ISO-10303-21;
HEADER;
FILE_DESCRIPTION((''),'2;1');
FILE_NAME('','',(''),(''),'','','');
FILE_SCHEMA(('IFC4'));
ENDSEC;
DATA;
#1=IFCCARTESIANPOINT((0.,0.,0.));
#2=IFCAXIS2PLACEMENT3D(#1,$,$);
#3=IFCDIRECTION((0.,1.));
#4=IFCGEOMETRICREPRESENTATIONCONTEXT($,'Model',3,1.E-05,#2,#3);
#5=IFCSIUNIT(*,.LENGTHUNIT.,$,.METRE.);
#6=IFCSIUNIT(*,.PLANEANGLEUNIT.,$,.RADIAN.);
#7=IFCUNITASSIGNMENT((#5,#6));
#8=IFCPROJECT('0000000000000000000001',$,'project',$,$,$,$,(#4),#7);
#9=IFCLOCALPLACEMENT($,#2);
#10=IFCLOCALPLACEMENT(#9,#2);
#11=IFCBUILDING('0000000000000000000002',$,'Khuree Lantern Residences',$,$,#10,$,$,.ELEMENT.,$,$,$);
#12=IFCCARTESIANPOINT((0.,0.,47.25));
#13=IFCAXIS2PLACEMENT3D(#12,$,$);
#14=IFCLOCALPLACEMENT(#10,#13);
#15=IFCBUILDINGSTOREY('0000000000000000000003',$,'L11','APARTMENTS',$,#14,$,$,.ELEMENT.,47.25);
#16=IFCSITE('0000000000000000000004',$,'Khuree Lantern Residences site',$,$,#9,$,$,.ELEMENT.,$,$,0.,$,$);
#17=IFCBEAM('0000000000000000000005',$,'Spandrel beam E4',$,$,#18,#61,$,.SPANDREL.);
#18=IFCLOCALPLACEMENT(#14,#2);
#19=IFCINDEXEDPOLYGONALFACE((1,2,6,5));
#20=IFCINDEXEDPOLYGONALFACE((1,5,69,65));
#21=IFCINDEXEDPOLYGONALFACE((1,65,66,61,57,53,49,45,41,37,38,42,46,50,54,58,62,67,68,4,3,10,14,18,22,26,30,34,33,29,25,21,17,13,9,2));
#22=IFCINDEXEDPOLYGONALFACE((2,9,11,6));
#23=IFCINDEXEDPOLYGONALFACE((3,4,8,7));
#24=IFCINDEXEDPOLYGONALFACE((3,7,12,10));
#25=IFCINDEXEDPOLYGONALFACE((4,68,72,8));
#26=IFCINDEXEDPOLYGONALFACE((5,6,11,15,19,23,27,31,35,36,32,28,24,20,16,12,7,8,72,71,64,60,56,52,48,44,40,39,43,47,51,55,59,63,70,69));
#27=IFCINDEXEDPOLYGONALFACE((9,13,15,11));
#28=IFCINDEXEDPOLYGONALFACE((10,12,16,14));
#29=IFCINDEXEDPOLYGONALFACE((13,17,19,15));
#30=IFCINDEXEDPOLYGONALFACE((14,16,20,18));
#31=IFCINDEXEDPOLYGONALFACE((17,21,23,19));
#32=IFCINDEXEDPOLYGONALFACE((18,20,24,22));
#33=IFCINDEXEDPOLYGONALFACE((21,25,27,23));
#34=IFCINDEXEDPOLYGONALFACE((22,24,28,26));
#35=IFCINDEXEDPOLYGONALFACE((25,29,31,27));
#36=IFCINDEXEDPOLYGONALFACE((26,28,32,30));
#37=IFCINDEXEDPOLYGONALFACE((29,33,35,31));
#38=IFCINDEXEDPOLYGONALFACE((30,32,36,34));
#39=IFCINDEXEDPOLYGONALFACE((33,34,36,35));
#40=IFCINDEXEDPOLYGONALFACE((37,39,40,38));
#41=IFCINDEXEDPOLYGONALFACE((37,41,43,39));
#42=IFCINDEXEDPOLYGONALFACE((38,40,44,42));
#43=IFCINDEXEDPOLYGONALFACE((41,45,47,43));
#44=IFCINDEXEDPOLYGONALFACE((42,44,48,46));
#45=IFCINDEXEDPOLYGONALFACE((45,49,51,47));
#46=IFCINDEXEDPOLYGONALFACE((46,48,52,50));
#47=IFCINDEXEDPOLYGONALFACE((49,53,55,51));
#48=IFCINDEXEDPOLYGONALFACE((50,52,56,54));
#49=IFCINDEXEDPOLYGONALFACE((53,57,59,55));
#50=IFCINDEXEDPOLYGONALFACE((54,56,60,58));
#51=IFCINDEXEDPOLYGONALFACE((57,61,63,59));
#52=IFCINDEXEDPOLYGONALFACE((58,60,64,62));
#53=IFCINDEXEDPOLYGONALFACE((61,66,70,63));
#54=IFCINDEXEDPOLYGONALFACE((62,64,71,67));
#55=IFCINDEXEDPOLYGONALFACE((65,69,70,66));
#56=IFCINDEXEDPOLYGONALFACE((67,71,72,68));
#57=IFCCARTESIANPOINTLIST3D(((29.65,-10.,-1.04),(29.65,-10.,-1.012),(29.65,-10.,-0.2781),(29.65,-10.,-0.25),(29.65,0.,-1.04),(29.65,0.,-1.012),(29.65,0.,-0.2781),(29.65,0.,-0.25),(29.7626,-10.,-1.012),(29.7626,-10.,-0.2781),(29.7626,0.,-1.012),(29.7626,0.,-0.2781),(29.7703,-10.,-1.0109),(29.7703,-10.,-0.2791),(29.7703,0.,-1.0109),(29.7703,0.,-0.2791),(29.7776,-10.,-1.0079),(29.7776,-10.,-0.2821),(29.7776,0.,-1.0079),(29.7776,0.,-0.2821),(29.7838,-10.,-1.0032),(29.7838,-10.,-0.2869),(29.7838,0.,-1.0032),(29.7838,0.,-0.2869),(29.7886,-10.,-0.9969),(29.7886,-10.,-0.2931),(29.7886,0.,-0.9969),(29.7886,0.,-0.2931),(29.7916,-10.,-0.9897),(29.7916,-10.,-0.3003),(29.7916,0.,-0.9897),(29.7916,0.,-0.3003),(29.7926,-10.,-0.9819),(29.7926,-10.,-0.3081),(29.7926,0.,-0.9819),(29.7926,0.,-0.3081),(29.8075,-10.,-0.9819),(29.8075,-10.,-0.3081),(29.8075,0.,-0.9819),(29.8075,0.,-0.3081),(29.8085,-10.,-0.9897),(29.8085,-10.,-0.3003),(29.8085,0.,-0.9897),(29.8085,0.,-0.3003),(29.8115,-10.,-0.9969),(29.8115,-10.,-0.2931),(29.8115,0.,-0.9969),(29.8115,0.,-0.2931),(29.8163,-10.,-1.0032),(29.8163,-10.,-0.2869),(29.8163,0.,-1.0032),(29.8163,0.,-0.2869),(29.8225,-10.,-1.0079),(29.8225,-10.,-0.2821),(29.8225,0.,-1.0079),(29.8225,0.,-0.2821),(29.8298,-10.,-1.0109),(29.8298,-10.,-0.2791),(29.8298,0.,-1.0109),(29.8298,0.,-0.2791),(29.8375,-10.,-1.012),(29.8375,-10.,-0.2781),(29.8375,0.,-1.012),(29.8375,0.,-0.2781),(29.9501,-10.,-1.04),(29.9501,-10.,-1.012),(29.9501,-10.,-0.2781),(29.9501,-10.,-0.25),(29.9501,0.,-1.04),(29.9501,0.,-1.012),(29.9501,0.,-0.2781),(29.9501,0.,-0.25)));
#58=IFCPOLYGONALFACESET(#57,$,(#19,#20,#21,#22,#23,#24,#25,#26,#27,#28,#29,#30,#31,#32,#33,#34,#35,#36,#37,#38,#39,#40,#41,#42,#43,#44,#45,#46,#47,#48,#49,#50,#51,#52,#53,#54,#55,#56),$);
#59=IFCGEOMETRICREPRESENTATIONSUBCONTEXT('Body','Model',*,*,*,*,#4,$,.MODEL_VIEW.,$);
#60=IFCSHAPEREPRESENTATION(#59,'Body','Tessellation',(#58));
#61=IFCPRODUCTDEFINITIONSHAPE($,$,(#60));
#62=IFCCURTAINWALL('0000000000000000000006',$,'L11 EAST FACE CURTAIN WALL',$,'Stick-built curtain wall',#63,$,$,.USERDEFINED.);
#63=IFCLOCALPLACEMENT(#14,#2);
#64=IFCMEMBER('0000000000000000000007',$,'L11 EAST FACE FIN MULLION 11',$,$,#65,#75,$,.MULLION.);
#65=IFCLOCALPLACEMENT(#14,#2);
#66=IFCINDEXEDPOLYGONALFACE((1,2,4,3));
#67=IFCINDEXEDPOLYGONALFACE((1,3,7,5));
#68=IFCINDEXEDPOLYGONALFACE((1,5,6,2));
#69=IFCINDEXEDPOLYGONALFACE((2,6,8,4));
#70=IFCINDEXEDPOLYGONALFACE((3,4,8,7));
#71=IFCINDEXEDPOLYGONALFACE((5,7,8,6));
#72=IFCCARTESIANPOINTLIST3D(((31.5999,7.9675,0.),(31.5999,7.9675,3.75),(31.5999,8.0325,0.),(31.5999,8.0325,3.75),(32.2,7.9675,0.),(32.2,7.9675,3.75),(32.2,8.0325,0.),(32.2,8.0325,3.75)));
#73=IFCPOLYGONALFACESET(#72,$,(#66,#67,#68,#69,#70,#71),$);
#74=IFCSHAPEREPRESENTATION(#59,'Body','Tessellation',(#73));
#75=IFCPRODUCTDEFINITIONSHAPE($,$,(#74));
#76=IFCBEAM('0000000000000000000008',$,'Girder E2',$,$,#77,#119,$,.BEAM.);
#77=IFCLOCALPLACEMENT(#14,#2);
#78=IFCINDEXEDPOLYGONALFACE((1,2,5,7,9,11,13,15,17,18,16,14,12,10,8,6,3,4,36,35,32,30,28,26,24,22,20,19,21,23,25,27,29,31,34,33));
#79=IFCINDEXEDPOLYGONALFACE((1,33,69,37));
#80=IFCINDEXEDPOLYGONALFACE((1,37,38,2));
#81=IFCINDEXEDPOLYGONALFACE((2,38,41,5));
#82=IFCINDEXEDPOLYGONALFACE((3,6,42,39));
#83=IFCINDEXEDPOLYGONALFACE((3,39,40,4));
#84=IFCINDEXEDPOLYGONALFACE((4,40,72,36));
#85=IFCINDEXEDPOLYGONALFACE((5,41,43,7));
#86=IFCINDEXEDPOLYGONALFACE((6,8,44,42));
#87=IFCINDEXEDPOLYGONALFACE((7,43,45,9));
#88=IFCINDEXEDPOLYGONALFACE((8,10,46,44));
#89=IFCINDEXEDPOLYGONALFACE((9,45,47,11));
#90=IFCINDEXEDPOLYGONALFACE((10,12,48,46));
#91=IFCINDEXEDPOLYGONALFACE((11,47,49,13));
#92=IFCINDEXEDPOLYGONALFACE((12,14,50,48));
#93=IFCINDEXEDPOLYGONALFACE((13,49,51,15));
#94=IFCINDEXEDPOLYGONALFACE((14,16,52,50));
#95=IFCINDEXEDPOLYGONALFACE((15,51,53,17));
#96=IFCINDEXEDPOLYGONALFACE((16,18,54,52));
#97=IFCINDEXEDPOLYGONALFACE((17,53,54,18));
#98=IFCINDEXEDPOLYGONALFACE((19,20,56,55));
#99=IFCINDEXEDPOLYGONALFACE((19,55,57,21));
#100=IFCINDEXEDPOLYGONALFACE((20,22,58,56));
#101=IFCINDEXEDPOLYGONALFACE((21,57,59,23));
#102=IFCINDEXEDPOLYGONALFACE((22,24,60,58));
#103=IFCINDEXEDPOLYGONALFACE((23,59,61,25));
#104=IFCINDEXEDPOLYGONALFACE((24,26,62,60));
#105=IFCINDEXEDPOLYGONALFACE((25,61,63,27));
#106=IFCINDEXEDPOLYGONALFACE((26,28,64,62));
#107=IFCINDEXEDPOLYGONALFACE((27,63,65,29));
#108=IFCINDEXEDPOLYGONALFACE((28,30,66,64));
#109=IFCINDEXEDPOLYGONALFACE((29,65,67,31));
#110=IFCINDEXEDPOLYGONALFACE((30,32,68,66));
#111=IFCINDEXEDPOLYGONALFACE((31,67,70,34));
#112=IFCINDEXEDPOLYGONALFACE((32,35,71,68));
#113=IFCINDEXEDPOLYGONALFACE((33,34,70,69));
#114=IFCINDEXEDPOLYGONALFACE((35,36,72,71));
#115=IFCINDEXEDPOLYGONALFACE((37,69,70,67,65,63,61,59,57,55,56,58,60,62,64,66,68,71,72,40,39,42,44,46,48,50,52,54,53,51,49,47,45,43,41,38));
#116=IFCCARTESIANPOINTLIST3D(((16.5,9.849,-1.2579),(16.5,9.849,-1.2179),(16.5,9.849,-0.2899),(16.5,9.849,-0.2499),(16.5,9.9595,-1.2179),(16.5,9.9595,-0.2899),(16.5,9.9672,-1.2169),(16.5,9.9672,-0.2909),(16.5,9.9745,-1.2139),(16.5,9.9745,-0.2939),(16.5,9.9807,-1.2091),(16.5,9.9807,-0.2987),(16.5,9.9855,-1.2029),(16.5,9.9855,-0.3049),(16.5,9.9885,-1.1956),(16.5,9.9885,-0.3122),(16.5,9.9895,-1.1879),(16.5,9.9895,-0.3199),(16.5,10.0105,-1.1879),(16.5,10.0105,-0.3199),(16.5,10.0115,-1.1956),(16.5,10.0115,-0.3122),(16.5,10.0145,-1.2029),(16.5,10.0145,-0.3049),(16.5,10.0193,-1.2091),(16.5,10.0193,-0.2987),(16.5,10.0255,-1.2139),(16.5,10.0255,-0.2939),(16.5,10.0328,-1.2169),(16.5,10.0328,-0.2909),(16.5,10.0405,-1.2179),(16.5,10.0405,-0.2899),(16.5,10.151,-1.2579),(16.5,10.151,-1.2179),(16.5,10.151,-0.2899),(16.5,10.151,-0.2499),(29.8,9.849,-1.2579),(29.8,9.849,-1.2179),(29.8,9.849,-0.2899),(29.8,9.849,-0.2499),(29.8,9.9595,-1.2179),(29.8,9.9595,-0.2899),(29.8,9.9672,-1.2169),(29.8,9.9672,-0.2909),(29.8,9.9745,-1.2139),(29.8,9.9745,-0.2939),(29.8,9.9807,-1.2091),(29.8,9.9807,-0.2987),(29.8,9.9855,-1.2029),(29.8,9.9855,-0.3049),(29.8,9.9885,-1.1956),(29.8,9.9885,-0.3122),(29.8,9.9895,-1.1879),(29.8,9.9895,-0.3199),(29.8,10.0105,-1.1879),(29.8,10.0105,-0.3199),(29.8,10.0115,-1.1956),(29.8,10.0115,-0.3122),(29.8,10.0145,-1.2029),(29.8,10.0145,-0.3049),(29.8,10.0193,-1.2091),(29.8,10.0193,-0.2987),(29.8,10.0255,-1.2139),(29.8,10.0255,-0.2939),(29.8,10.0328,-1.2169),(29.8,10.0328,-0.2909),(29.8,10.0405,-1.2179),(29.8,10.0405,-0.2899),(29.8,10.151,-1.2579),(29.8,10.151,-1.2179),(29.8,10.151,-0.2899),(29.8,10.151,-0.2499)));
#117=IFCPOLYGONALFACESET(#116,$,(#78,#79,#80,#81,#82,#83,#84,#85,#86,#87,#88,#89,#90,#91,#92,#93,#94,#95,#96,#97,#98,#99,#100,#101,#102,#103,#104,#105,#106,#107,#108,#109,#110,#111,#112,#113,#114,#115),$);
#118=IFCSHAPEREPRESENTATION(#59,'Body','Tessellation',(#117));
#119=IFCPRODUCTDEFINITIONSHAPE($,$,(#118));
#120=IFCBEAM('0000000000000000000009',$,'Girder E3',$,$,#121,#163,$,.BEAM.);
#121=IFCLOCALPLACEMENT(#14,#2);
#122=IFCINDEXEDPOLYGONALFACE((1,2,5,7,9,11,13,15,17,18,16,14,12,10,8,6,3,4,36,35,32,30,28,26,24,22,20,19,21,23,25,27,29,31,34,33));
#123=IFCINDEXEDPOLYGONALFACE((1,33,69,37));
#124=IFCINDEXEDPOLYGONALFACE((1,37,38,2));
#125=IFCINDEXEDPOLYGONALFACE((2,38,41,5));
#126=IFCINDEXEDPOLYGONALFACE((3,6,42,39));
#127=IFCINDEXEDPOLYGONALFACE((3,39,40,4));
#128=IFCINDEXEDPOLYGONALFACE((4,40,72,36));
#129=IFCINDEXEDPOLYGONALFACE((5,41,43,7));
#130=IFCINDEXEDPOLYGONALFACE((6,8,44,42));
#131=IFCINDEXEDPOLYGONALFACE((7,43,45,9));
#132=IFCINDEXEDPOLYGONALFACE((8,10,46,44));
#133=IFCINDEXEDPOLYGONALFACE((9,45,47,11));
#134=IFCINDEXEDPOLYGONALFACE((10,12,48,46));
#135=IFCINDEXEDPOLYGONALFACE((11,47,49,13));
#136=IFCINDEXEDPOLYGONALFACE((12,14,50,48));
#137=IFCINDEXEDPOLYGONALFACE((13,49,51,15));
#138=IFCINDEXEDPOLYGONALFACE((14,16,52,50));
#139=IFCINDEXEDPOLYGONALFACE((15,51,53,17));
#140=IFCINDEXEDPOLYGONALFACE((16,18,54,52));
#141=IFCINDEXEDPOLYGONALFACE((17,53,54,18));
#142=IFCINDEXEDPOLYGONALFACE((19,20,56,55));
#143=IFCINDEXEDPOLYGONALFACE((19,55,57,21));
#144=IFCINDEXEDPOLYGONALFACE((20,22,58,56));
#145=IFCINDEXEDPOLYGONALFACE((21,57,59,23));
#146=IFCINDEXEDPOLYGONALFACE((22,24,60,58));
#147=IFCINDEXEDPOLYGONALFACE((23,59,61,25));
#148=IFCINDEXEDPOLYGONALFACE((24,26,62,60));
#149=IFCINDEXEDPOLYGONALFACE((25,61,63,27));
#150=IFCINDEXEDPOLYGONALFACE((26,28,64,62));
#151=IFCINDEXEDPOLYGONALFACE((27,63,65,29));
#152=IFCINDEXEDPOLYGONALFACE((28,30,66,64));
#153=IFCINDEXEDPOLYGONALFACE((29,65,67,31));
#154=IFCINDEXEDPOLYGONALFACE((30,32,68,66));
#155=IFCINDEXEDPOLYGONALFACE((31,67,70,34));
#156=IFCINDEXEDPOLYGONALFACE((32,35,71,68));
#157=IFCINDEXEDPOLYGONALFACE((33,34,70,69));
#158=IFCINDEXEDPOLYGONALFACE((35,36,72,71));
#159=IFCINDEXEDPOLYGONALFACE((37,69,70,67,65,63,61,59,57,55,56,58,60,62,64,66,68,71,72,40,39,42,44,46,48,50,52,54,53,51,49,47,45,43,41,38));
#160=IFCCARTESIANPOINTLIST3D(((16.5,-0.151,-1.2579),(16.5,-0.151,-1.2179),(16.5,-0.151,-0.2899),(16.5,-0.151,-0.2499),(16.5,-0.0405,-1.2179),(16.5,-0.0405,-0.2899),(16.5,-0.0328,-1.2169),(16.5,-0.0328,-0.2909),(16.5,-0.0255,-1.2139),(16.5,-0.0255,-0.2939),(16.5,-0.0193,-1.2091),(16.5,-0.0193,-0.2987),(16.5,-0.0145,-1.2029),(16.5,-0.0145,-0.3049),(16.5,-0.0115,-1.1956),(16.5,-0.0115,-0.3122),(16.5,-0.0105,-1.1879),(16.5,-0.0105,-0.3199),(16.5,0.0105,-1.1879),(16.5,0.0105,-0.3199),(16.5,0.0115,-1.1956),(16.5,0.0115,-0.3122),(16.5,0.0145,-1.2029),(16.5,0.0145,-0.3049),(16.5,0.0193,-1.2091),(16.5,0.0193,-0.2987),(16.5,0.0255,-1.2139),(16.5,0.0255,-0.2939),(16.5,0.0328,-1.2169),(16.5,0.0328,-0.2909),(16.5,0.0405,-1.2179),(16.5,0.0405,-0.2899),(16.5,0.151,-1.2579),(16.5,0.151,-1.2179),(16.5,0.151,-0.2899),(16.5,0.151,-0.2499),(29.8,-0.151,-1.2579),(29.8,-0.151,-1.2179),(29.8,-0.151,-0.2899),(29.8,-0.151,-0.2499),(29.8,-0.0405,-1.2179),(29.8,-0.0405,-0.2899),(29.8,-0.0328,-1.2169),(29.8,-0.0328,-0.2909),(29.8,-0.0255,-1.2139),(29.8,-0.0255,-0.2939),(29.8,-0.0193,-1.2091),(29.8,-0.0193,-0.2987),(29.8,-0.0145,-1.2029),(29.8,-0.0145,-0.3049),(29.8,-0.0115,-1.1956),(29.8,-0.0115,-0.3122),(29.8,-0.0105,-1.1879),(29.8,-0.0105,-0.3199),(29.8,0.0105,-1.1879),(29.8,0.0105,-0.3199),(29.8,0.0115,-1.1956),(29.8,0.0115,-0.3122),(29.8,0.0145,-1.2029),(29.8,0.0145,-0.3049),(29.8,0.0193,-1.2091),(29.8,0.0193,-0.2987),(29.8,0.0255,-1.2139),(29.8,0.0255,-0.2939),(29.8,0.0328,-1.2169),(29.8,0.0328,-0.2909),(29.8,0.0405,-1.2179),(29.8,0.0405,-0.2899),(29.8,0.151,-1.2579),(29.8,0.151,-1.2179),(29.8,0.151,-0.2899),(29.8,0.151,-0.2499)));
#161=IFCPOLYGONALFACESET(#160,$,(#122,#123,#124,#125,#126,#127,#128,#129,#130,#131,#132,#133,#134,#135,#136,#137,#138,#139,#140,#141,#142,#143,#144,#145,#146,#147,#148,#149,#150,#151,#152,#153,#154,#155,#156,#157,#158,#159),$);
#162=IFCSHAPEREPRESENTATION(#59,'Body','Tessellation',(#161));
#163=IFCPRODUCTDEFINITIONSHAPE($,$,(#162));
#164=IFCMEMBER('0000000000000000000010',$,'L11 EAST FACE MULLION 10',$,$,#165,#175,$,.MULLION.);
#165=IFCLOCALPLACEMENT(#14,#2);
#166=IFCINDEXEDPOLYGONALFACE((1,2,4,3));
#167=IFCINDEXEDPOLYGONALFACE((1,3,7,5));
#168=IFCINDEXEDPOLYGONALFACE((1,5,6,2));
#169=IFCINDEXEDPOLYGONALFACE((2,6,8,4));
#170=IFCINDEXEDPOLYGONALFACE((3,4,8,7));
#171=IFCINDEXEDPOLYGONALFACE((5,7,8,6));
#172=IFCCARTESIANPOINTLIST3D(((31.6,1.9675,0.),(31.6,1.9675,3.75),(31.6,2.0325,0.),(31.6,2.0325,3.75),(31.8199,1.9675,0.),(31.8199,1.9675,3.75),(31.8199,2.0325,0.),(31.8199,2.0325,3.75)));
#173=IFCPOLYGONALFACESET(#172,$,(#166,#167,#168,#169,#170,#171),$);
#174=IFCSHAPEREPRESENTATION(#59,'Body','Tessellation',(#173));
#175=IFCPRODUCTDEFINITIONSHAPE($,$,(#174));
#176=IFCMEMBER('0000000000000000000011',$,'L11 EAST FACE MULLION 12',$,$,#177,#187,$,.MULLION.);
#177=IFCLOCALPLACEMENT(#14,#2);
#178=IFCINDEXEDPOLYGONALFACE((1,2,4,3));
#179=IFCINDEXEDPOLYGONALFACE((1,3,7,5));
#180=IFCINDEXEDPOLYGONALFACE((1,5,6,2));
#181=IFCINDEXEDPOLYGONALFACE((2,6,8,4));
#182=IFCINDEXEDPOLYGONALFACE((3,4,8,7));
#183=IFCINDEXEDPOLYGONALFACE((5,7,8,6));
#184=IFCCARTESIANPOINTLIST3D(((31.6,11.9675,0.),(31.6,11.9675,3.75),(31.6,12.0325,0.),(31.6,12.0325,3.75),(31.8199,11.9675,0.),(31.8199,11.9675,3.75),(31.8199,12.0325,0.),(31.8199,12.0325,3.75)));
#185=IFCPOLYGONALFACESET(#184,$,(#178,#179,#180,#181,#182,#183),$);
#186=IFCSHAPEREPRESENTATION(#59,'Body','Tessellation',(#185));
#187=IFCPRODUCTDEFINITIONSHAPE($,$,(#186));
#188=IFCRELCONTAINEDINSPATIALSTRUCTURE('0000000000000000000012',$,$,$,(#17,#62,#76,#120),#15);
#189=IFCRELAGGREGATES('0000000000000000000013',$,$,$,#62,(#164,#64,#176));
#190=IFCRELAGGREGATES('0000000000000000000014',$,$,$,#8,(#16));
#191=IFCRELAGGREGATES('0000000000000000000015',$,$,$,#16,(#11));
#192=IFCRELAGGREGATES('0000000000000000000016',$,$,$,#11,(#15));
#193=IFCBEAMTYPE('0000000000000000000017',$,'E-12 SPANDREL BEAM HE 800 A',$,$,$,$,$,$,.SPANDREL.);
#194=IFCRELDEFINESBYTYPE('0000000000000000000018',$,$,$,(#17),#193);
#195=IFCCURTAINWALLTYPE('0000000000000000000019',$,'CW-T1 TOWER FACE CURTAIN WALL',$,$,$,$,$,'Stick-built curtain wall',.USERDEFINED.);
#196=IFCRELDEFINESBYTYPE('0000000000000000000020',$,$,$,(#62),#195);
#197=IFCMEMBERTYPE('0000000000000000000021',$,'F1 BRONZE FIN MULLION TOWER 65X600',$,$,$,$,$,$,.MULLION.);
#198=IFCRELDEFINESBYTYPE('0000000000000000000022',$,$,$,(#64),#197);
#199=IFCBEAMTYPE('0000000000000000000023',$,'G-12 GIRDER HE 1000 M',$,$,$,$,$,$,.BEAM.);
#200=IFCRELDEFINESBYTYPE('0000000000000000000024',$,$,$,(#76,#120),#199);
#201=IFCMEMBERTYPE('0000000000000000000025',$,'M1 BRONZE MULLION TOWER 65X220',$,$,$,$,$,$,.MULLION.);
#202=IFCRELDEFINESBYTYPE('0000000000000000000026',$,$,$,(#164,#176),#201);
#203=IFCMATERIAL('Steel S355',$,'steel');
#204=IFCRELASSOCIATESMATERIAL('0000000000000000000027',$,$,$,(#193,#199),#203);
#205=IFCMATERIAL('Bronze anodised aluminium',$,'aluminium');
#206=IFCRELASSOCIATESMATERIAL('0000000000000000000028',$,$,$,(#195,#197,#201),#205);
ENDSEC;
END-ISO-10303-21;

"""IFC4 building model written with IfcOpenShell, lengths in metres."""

from ifc_helpers import new_model, si_unit, direction, frame, origin, origin_2d, place, context, subcontext, project, spatial, rectangle, i_section, extrude, material, material_profile, profile_set, type_object, element, aggregate, save


model = new_model("IFC4")

# Units and contexts
model_context = context("Model", 3, precision=1e-05, world=origin(), true_north=direction((0.0, 1.0)))
body_context = subcontext(model_context, "Body", "Model", "MODEL_VIEW")
ifc_project = project(units=[si_unit("LENGTHUNIT", "METRE"), si_unit("PLANEANGLEUNIT", "RADIAN")], contexts=[model_context])

# Site, building, storey
site_placement = place(None, origin())
site = spatial("IfcSite", under=ifc_project, at=site_placement, Name="Khuree Lantern Residences site", CompositionType="ELEMENT", RefElevation=0.0)
building_placement = place(site_placement, origin())
building = spatial("IfcBuilding", under=site, at=building_placement, Name="Khuree Lantern Residences", CompositionType="ELEMENT")
storey_placement = place(building_placement, frame((0.0, 0.0, 47.25)))
storey = spatial("IfcBuildingStorey", under=building, at=storey_placement, Name="L11", Description="APARTMENTS", CompositionType="ELEMENT", Elevation=47.25)

# Beam
ifc_material_1 = material(Name="Steel S355", Category="steel")
ifc_material_profile_1 = material_profile(ifc_material_1, i_section(OverallWidth=0.3, OverallDepth=0.79, WebThickness=0.0149, FlangeThickness=0.0281, FilletRadius=0.03, at=origin_2d()), Name="HE 800 A")
ifc_profile_set_1 = profile_set([ifc_material_profile_1], Name="Steel S355")
beam_type_1 = type_object("IfcBeamType", Name="E-12 SPANDREL BEAM HE 800 A", PredefinedType="SPANDREL", material=ifc_profile_set_1)
for number, where, z_axis, x_axis, name in (
    (1, (29.8, 0.0, -0.645), (0.0, -1.0, 0.0), (1.0, 0.0, 0.0), "Spandrel beam E4"),
):
    element("IfcBeam", number, at=place(storey_placement, frame(where, z_axis=z_axis, x_axis=x_axis)), inside=storey, type_object=beam_type_1, Name=name, PredefinedType="SPANDREL", context=body_context, shape_type="SweptSolid", body=[
        extrude(i_section(OverallWidth=0.3, OverallDepth=0.79, WebThickness=0.0149, FlangeThickness=0.0281, FilletRadius=0.03, at=origin_2d()), origin(), (0.0, 0.0, 1.0), 10.0),
    ])

# Curtain wall, member
ifc_material_2 = material(Name="Bronze anodised aluminium", Category="aluminium")
curtain_wall_type = type_object("IfcCurtainWallType", Name="CW-T1 TOWER FACE CURTAIN WALL", ElementType="Stick-built curtain wall", PredefinedType="USERDEFINED", material=ifc_material_2)
curtain_wall_placement = place(storey_placement, origin())
curtain_wall = element("IfcCurtainWall", 2, at=curtain_wall_placement, inside=storey, type_object=curtain_wall_type, Name="L11 EAST FACE CURTAIN WALL", ObjectType="Stick-built curtain wall", PredefinedType="USERDEFINED")
ifc_material_profile_2 = material_profile(ifc_material_2, rectangle(XDim=0.0649, YDim=0.6001, at=origin_2d()), Name="F1 65X600")
ifc_profile_set_2 = profile_set([ifc_material_profile_2], Name="Bronze anodised aluminium")
member_type_1 = type_object("IfcMemberType", Name="F1 BRONZE FIN MULLION TOWER 65X600", PredefinedType="MULLION", material=ifc_profile_set_2)
member_1_placement = place(storey_placement, frame((31.8999, 8.0, 0.0), z_axis=(0.0, 0.0, 1.0), x_axis=(0.0, 1.0, 0.0)))
member_1 = element("IfcMember", 3, at=member_1_placement, type_object=member_type_1, Name="L11 EAST FACE FIN MULLION 11", PredefinedType="MULLION", context=body_context, shape_type="SweptSolid", body=[
    extrude(rectangle(XDim=0.0649, YDim=0.6001, at=origin_2d()), origin(), (0.0, 0.0, 1.0), 3.75),
])

# Beams
ifc_material_profile_3 = material_profile(ifc_material_1, i_section(OverallWidth=0.302, OverallDepth=1.0081, WebThickness=0.021, FlangeThickness=0.04, FilletRadius=0.03, at=origin_2d()), Name="HE 1000 M")
ifc_profile_set_3 = profile_set([ifc_material_profile_3], Name="Steel S355")
beam_type_2 = type_object("IfcBeamType", Name="G-12 GIRDER HE 1000 M", PredefinedType="BEAM", material=ifc_profile_set_3)
for number, where, z_axis, x_axis, name in (
    (4, (29.8, 10.0, -0.7539), (-1.0, 0.0, 0.0), (0.0, -1.0, 0.0), "Girder E2"),
    (5, (29.8, 0.0, -0.7539), (-1.0, 0.0, 0.0), (0.0, -1.0, 0.0), "Girder E3"),
):
    element("IfcBeam", number, at=place(storey_placement, frame(where, z_axis=z_axis, x_axis=x_axis)), inside=storey, type_object=beam_type_2, Name=name, PredefinedType="BEAM", context=body_context, shape_type="SweptSolid", body=[
        extrude(i_section(OverallWidth=0.302, OverallDepth=1.0081, WebThickness=0.021, FlangeThickness=0.04, FilletRadius=0.03, at=origin_2d()), origin(), (0.0, 0.0, 1.0), 13.3),
    ])

# Members
ifc_material_profile_4 = material_profile(ifc_material_2, rectangle(XDim=0.0649, YDim=0.22, at=origin_2d()), Name="M1 65X220")
ifc_profile_set_4 = profile_set([ifc_material_profile_4], Name="Bronze anodised aluminium")
member_type_2 = type_object("IfcMemberType", Name="M1 BRONZE MULLION TOWER 65X220", PredefinedType="MULLION", material=ifc_profile_set_4)
member_2_placement = place(storey_placement, frame((31.71, 2.0, 0.0), z_axis=(0.0, 0.0, 1.0), x_axis=(0.0, 1.0, 0.0)))
member_2 = element("IfcMember", 6, at=member_2_placement, type_object=member_type_2, Name="L11 EAST FACE MULLION 10", PredefinedType="MULLION", context=body_context, shape_type="SweptSolid", body=[
    extrude(rectangle(XDim=0.0649, YDim=0.22, at=origin_2d()), origin(), (0.0, 0.0, 1.0), 3.75),
])
member_3_placement = place(storey_placement, frame((31.71, 12.0, 0.0), z_axis=(0.0, 0.0, 1.0), x_axis=(0.0, 1.0, 0.0)))
member_3 = element("IfcMember", 7, at=member_3_placement, type_object=member_type_2, Name="L11 EAST FACE MULLION 12", PredefinedType="MULLION", context=body_context, shape_type="SweptSolid", body=[
    extrude(rectangle(XDim=0.0649, YDim=0.22, at=origin_2d()), origin(), (0.0, 0.0, 1.0), 3.75),
])

aggregate(curtain_wall, [member_2, member_1, member_3])

save(model, "model.ifc")
